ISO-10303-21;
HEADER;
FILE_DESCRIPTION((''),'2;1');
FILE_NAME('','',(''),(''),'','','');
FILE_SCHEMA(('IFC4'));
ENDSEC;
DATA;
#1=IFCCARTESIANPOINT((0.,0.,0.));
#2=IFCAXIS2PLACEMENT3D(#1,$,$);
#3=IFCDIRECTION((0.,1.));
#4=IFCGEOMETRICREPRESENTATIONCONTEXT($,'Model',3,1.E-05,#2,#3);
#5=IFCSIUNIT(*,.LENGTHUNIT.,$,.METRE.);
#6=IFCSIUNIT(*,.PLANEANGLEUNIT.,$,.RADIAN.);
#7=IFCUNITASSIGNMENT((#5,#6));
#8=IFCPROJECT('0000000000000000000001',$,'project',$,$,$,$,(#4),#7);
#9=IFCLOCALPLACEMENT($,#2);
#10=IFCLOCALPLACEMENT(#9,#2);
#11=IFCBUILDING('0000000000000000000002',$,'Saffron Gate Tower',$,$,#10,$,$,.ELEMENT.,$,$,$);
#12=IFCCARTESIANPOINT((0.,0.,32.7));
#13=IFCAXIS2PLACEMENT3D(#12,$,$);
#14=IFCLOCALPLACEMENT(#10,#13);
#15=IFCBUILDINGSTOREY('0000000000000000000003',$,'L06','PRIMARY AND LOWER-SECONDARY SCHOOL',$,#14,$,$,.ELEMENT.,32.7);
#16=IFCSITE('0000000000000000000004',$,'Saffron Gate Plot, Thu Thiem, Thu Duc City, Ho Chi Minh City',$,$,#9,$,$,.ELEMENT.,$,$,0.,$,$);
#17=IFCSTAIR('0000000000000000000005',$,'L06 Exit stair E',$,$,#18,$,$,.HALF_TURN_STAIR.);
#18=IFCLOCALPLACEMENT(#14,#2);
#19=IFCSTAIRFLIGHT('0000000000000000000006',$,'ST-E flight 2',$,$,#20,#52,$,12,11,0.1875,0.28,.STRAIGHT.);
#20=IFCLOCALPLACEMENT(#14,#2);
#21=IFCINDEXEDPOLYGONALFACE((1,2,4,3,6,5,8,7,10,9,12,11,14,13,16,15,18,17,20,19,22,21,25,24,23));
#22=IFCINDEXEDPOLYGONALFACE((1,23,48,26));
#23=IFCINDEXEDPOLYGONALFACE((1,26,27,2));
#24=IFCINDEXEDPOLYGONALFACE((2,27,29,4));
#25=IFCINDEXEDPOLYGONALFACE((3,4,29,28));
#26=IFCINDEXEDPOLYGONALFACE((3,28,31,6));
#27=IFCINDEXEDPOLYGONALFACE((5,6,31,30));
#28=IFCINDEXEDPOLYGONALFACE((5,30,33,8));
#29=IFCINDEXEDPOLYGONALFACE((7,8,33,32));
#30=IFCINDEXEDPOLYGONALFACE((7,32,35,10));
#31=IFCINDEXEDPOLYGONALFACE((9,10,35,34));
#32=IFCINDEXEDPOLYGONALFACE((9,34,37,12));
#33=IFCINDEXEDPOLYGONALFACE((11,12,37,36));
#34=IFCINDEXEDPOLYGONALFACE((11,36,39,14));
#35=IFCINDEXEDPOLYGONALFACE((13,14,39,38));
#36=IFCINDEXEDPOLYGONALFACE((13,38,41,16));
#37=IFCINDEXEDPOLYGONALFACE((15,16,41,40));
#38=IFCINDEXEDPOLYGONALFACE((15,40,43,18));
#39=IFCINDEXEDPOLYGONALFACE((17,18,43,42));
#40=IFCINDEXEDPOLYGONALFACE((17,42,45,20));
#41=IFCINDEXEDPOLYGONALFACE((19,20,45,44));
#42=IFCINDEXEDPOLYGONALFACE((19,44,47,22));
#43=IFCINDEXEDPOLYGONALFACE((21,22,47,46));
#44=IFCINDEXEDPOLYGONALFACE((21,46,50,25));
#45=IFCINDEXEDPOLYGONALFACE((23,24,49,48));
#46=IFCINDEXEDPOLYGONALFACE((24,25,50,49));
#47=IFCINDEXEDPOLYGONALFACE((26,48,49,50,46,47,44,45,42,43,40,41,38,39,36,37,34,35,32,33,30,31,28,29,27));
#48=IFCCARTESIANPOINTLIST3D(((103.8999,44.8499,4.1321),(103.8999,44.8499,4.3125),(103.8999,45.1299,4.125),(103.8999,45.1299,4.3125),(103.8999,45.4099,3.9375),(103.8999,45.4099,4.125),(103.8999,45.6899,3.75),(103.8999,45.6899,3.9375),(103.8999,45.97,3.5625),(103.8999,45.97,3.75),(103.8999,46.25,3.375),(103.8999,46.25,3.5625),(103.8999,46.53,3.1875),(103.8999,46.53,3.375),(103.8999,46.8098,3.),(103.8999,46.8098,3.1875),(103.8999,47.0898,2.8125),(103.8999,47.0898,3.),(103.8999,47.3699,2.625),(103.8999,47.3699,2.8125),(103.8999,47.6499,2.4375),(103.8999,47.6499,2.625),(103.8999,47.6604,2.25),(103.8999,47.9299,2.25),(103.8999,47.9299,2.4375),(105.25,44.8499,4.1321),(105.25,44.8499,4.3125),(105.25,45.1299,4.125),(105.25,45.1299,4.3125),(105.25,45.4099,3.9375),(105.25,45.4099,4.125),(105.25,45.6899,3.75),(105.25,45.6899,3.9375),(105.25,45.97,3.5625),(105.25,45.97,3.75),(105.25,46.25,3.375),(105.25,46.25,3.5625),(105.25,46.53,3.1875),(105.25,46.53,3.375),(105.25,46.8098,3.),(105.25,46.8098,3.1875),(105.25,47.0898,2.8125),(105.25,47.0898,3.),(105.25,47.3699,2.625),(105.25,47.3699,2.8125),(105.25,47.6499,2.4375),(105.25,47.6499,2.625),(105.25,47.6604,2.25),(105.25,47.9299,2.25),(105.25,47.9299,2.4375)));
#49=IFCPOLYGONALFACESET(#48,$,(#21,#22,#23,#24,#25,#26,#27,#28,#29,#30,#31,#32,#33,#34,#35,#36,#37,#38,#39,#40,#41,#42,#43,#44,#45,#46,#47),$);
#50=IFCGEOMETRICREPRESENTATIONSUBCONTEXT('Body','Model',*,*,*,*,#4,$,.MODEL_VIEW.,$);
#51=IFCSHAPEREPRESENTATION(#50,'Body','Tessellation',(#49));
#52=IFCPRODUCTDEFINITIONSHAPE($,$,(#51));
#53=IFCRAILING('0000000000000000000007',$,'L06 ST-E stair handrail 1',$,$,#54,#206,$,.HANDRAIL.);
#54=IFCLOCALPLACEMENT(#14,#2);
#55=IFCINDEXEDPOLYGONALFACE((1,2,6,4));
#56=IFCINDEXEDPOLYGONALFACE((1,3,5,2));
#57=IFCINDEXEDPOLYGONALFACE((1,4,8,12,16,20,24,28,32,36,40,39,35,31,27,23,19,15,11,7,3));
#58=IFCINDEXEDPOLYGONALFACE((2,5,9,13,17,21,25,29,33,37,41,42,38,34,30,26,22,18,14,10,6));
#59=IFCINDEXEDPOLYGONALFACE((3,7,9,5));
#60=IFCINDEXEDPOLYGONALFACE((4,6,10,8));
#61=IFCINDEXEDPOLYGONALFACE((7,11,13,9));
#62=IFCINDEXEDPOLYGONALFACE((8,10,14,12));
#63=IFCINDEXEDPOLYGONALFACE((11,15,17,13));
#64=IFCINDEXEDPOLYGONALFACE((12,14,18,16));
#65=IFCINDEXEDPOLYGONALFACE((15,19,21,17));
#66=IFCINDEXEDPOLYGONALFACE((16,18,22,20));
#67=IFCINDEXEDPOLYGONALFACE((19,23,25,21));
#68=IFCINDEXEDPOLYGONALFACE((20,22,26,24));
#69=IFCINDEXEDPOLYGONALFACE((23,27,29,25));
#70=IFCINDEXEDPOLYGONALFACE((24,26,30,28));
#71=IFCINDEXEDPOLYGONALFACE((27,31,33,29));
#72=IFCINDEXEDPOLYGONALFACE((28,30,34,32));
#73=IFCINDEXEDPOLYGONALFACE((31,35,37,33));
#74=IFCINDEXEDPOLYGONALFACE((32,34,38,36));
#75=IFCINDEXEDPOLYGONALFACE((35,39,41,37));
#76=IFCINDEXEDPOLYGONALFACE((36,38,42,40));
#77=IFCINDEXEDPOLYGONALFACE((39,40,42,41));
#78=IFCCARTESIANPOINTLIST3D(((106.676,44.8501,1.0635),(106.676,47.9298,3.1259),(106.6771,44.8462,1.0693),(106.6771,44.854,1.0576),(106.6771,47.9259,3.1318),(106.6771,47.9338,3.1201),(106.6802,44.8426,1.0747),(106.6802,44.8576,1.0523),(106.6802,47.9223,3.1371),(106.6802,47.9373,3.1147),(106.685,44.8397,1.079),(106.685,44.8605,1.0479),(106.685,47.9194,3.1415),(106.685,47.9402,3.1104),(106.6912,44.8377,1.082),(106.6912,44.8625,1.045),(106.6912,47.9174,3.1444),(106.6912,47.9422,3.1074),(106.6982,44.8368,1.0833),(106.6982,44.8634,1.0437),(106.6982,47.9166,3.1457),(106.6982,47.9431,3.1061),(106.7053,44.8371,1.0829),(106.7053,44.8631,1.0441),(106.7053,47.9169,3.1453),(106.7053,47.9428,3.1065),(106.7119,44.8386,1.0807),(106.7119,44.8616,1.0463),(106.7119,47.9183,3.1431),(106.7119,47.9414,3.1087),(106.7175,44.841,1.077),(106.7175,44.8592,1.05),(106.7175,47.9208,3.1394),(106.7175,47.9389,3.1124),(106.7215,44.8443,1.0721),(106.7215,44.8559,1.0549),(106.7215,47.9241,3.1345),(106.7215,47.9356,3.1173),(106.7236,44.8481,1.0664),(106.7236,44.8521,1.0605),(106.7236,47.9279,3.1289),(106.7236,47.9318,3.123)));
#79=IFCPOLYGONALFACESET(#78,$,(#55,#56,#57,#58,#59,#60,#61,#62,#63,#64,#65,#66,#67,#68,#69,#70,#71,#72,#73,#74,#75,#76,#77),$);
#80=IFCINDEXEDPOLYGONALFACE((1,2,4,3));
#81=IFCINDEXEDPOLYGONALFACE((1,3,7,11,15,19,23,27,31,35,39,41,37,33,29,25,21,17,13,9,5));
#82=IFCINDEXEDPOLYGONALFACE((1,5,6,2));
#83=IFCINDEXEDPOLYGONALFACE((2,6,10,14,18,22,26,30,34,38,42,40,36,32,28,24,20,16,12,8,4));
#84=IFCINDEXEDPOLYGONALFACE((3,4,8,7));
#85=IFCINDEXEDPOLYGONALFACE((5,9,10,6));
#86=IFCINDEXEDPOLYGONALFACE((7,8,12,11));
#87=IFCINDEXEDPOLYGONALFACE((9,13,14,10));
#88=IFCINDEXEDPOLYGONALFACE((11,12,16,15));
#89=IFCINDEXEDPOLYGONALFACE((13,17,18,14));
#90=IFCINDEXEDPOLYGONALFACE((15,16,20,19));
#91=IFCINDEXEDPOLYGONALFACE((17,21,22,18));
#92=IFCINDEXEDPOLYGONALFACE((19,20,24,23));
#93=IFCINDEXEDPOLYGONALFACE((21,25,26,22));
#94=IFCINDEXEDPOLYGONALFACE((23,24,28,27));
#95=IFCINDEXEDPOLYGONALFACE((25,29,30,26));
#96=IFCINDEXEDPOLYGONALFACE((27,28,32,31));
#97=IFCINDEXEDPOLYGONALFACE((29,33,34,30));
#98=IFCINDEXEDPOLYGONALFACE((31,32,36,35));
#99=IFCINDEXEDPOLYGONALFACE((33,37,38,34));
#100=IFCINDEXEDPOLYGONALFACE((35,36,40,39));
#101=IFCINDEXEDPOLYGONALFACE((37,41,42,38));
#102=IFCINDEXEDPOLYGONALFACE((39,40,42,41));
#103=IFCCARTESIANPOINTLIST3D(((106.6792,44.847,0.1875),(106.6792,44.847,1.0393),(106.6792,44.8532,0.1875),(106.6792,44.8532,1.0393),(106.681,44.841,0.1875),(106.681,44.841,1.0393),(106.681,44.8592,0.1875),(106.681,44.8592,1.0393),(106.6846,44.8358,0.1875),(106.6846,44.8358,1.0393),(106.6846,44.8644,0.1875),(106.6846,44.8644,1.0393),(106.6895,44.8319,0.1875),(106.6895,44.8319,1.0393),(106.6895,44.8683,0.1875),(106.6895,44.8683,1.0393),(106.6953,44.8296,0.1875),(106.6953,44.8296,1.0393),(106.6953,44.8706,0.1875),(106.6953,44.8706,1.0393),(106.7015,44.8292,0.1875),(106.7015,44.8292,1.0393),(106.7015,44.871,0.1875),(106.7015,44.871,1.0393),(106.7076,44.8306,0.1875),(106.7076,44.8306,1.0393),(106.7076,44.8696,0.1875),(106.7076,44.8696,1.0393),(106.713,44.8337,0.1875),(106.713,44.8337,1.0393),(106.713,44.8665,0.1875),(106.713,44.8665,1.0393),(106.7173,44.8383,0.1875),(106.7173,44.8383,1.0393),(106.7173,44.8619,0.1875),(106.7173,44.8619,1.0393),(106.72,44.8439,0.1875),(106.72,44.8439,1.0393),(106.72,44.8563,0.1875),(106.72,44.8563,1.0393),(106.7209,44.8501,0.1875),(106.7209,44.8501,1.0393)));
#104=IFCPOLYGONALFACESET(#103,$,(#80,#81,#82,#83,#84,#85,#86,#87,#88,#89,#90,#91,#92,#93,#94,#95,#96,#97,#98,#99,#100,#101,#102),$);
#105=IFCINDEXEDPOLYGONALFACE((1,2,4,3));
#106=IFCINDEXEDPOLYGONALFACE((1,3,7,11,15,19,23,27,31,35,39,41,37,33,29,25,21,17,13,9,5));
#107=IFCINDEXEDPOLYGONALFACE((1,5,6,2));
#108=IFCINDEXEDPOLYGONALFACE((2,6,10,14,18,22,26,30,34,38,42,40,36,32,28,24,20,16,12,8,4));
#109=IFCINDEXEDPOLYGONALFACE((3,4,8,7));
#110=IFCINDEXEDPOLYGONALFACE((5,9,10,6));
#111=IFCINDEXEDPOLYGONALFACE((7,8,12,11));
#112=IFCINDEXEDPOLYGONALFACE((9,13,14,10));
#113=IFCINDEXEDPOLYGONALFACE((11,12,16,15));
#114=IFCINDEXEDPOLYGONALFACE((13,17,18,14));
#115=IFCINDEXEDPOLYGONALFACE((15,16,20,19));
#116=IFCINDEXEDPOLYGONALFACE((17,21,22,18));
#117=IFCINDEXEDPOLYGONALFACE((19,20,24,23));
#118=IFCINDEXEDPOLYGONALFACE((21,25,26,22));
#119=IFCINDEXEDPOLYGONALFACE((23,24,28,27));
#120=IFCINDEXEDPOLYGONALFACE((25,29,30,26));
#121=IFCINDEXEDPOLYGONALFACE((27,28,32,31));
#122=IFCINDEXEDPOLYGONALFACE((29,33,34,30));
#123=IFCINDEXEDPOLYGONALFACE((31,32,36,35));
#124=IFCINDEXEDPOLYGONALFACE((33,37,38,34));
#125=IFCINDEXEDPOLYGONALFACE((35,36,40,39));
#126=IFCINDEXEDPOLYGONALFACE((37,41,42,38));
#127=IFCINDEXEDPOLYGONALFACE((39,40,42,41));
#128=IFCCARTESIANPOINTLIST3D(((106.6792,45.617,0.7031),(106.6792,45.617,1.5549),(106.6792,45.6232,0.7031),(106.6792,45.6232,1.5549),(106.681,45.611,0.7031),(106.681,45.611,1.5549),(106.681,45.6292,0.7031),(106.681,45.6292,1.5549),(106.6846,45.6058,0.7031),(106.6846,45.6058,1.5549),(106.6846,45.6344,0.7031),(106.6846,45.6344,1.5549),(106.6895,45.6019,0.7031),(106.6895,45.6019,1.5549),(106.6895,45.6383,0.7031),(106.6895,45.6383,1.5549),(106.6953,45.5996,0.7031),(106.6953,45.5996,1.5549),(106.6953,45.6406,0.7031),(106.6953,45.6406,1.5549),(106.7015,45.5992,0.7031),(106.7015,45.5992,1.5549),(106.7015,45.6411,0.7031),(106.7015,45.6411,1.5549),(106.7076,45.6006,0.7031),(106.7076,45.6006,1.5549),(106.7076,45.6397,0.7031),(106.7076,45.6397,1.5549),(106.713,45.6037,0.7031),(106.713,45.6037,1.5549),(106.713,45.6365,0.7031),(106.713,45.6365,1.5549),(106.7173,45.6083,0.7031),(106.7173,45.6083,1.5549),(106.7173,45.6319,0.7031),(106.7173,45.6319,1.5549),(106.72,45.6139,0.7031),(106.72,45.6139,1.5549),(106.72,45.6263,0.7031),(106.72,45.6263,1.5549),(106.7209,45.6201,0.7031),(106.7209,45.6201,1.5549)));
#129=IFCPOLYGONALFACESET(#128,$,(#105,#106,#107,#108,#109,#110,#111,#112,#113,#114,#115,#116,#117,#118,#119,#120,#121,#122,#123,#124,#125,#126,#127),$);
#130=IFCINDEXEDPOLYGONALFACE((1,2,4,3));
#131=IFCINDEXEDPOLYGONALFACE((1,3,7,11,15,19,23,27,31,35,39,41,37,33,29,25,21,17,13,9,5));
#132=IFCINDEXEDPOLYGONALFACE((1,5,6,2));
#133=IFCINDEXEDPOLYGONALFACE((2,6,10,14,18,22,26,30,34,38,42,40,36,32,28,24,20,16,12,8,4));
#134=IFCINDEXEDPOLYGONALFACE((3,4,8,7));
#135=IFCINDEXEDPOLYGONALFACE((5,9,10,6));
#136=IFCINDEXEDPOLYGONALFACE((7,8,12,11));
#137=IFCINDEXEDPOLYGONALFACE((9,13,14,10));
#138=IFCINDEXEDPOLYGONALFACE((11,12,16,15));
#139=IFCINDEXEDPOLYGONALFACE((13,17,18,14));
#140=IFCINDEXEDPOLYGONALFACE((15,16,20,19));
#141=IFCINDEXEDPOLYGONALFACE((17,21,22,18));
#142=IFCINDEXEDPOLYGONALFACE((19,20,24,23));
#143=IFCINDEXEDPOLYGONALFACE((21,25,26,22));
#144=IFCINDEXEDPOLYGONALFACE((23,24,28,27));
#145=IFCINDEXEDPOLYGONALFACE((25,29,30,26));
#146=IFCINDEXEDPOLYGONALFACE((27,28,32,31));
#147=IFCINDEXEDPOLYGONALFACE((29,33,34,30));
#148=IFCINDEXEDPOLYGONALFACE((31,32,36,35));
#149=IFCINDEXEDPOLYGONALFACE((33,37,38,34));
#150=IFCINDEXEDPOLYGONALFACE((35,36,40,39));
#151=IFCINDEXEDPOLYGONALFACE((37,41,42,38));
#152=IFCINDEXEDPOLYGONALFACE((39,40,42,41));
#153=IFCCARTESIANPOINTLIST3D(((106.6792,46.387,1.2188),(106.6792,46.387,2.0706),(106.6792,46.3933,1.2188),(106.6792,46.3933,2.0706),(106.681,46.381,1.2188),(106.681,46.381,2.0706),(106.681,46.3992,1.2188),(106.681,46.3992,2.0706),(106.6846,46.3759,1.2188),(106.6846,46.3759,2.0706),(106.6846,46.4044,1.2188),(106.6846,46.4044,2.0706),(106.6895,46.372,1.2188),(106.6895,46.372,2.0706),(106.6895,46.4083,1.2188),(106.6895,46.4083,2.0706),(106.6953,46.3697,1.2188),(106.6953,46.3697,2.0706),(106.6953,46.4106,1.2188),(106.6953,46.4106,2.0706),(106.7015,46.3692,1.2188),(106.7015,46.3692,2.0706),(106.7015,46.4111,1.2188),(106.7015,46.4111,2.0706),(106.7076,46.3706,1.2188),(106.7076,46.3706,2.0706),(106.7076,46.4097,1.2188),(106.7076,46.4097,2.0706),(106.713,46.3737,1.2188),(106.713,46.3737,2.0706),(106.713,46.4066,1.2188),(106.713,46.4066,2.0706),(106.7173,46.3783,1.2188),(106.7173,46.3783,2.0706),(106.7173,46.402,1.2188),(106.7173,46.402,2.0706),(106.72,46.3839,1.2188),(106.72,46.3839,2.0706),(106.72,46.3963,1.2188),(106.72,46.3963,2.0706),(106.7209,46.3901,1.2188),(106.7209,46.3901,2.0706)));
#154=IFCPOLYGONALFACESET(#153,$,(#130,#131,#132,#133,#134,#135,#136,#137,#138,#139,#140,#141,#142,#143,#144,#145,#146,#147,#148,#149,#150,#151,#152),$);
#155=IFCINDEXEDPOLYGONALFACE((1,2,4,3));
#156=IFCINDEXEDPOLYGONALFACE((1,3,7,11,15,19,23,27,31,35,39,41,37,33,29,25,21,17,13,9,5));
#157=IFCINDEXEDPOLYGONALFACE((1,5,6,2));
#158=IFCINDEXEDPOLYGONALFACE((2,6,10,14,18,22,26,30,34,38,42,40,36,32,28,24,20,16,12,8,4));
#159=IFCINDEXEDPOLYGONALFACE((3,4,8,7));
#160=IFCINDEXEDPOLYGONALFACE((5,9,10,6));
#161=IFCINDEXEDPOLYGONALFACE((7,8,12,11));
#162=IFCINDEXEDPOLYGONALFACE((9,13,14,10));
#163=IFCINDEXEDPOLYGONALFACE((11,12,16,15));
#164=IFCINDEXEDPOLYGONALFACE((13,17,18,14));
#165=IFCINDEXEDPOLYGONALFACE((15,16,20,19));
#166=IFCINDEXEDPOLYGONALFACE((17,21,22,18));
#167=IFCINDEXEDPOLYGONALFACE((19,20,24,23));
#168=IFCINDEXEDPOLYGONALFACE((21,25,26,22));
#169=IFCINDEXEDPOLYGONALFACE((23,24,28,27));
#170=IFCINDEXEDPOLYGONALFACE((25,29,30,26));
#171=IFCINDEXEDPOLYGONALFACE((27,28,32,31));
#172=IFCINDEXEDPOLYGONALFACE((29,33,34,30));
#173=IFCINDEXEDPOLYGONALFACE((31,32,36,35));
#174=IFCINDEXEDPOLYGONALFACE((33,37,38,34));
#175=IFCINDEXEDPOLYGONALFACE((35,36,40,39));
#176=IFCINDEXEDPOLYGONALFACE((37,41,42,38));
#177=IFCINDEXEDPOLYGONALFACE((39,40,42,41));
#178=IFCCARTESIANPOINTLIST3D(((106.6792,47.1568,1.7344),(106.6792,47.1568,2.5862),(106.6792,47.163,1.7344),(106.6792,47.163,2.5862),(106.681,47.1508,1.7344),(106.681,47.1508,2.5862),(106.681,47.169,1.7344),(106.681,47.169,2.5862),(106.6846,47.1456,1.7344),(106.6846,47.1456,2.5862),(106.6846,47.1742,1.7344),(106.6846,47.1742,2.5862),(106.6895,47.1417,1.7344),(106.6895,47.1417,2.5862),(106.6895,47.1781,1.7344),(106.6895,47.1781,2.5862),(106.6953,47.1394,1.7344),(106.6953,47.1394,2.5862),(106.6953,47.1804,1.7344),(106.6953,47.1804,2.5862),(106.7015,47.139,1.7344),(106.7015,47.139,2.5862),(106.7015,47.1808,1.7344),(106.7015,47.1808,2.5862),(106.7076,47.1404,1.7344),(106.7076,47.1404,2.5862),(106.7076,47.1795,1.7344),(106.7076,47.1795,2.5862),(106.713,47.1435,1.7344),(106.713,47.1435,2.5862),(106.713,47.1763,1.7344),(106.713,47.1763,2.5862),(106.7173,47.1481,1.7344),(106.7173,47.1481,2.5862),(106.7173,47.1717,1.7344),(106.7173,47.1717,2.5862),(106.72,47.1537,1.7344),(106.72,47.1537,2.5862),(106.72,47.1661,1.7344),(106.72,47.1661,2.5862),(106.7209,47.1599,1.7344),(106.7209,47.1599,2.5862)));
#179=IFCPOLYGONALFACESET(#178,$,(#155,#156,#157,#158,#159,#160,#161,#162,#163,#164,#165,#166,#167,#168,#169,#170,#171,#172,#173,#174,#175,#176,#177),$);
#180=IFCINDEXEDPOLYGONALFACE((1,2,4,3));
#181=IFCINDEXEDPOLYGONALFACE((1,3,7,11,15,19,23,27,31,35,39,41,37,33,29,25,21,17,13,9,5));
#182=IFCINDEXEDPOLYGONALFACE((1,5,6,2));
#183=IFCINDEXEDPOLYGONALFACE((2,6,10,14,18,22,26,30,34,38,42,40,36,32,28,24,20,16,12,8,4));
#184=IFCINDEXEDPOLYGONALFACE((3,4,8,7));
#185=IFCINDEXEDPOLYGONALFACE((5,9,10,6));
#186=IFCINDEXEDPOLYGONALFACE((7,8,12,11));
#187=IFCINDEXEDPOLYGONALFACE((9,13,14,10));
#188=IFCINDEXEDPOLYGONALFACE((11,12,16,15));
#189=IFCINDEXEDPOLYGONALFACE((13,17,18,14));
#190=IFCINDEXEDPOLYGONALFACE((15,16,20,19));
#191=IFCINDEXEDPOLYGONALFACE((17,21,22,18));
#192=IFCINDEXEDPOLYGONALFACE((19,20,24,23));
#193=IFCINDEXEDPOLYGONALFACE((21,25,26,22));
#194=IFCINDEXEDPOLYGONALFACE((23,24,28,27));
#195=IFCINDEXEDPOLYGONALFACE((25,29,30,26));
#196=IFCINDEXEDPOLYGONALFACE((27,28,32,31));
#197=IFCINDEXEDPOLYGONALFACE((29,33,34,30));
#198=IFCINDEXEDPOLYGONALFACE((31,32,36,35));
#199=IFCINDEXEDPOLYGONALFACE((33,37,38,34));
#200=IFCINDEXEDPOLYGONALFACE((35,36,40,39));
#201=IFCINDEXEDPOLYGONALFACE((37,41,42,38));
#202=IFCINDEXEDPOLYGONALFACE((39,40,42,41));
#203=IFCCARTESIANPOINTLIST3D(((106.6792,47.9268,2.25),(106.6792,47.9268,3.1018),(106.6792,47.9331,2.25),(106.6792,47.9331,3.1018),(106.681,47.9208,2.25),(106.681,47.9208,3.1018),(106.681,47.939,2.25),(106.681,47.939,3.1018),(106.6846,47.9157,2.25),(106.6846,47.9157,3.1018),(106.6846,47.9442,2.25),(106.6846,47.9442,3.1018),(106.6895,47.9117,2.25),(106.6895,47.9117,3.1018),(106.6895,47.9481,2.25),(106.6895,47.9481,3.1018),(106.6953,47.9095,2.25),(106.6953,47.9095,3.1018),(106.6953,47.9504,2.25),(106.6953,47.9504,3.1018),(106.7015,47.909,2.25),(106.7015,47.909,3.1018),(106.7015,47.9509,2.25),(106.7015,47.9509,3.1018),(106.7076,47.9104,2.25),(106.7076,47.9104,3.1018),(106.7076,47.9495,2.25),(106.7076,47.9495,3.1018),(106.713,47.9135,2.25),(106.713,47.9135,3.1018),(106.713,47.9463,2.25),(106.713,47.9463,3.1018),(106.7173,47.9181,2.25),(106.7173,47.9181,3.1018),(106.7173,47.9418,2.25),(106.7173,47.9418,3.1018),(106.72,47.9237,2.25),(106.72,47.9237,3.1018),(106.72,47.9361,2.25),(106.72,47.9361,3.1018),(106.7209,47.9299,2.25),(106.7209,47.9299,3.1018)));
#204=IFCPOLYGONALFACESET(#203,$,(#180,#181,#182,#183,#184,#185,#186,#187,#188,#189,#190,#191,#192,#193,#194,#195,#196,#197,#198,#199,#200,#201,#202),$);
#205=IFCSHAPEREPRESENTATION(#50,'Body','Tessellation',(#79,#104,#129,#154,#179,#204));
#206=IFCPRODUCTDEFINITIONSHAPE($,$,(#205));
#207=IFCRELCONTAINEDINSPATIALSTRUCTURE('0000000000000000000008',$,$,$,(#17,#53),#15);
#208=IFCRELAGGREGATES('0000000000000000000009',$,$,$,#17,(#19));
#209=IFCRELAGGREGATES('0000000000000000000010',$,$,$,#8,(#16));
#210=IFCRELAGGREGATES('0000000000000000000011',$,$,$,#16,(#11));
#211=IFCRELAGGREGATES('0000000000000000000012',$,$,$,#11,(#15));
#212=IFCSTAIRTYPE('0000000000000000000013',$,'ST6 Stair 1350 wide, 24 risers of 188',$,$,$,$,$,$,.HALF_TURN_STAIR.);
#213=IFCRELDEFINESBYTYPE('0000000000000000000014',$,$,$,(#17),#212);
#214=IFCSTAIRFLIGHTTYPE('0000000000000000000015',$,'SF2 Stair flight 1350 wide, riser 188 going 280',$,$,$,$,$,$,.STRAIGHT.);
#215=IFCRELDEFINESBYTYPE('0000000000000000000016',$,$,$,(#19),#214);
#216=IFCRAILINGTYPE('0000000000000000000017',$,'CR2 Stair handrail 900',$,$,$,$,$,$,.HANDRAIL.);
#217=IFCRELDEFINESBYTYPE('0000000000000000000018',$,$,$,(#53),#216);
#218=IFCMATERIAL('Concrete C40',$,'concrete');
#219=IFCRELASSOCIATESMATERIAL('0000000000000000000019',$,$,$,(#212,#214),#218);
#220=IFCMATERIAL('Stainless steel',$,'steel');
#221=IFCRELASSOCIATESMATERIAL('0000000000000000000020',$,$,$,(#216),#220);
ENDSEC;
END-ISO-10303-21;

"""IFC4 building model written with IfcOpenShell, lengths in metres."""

from ifc_helpers import new_model, si_unit, direction, frame, origin, origin_2d, place, context, subcontext, project, spatial, polyline, circle, outline, extrude, material, type_object, element, aggregate, save


model = new_model("IFC4")

# Units and contexts
model_context = context("Model", 3, precision=1e-05, world=origin(), true_north=direction((0.0, 1.0)))
body_context = subcontext(model_context, "Body", "Model", "MODEL_VIEW")
ifc_project = project(units=[si_unit("LENGTHUNIT", "METRE"), si_unit("PLANEANGLEUNIT", "RADIAN")], contexts=[model_context])

# Site, building, storey
site_placement = place(None, origin())
site = spatial("IfcSite", under=ifc_project, at=site_placement, Name="Saffron Gate Plot, Thu Thiem, Thu Duc City, Ho Chi Minh City", CompositionType="ELEMENT", RefElevation=0.0)
building_placement = place(site_placement, origin())
building = spatial("IfcBuilding", under=site, at=building_placement, Name="Saffron Gate Tower", CompositionType="ELEMENT")
storey_placement = place(building_placement, frame((0.0, 0.0, 32.7)))
storey = spatial("IfcBuildingStorey", under=building, at=storey_placement, Name="L06", Description="PRIMARY AND LOWER-SECONDARY SCHOOL", CompositionType="ELEMENT", Elevation=32.7)

# Stair, stair flight
ifc_material_1 = material(Name="Concrete C40", Category="concrete")
stair_type = type_object("IfcStairType", Name="ST6 Stair 1350 wide, 24 risers of 188", PredefinedType="HALF_TURN_STAIR", material=ifc_material_1)
stair_placement = place(storey_placement, origin())
stair = element("IfcStair", 1, at=stair_placement, inside=storey, type_object=stair_type, Name="L06 Exit stair E", PredefinedType="HALF_TURN_STAIR")
stair_flight_type = type_object("IfcStairFlightType", Name="SF2 Stair flight 1350 wide, riser 188 going 280", PredefinedType="STRAIGHT", material=ifc_material_1)
stair_flight_1_placement = place(storey_placement, frame((104.575, 47.9299, 2.25), z_axis=(0.0, 0.0, 1.0), x_axis=(0.0, -1.0, 0.0)))
stair_flight_1 = element("IfcStairFlight", 2, at=stair_flight_1_placement, type_object=stair_flight_type, Name="ST-E flight 2", NumberOfRisers=12, NumberOfTreads=11, PredefinedType="STRAIGHT", RiserHeight=0.1875, TreadLength=0.28, context=body_context, shape_type="SweptSolid", body=[
    extrude(outline(polyline([(0.0, 0.0), (0.0, 0.1875), (0.28, 0.1875), (0.28, 0.375), (0.5601, 0.375), (0.5601, 0.5625), (0.8401, 0.5625), (0.8401, 0.75), (1.1201, 0.75), (1.1201, 0.9375), (1.3999, 0.9375), (1.3999, 1.125), (1.6799, 1.125), (1.6799, 1.3125), (1.96, 1.3125), (1.96, 1.5), (2.24, 1.5), (2.24, 1.6875), (2.52, 1.6875), (2.52, 1.875), (2.8, 1.875), (2.8, 2.0625), (3.0801, 2.0625), (3.0801, 2.25), (3.0801, 1.8821), (0.2695, 0.0), (0.0, 0.0)])), frame((0.0, 0.675, 0.0), z_axis=(0.0, -1.0, 0.0), x_axis=(1.0, 0.0, 0.0)), (0.0, 0.0, 1.0), 1.3501),
])
aggregate(stair, [stair_flight_1])

# Railing
ifc_material_2 = material(Name="Stainless steel", Category="steel")
railing_type_1 = type_object("IfcRailingType", Name="CR2 Stair handrail 900", PredefinedType="HANDRAIL", material=ifc_material_2)
railing_1_placement = place(storey_placement, frame((106.7, 44.8501, 0.1875)))
element("IfcRailing", 3, at=railing_1_placement, inside=storey, type_object=railing_type_1, Name="L06 ST-E stair handrail 1", PredefinedType="HANDRAIL", context=body_context, shape_type="SweptSolid", body=[
    extrude(circle(Radius=0.0239, at=origin_2d()), frame((0.0, 0.0, 0.876), z_axis=(0.0, 0.830893, 0.556432), x_axis=(-1.0, 0.0, 0.0)), (0.0, 0.0, 1.0), 3.7065),
    extrude(circle(Radius=0.021, at=origin_2d()), origin(), (0.0, 0.0, 1.0), 0.8518),
    extrude(circle(Radius=0.021, at=origin_2d()), frame((0.0, 0.77, 0.5156)), (0.0, 0.0, 1.0), 0.8518),
    extrude(circle(Radius=0.021, at=origin_2d()), frame((0.0, 1.54, 1.0312)), (0.0, 0.0, 1.0), 0.8518),
    extrude(circle(Radius=0.021, at=origin_2d()), frame((0.0, 2.3098, 1.5469)), (0.0, 0.0, 1.0), 0.8518),
    extrude(circle(Radius=0.021, at=origin_2d()), frame((0.0, 3.0798, 2.0625)), (0.0, 0.0, 1.0), 0.8518),
])

save(model, "model.ifc")
